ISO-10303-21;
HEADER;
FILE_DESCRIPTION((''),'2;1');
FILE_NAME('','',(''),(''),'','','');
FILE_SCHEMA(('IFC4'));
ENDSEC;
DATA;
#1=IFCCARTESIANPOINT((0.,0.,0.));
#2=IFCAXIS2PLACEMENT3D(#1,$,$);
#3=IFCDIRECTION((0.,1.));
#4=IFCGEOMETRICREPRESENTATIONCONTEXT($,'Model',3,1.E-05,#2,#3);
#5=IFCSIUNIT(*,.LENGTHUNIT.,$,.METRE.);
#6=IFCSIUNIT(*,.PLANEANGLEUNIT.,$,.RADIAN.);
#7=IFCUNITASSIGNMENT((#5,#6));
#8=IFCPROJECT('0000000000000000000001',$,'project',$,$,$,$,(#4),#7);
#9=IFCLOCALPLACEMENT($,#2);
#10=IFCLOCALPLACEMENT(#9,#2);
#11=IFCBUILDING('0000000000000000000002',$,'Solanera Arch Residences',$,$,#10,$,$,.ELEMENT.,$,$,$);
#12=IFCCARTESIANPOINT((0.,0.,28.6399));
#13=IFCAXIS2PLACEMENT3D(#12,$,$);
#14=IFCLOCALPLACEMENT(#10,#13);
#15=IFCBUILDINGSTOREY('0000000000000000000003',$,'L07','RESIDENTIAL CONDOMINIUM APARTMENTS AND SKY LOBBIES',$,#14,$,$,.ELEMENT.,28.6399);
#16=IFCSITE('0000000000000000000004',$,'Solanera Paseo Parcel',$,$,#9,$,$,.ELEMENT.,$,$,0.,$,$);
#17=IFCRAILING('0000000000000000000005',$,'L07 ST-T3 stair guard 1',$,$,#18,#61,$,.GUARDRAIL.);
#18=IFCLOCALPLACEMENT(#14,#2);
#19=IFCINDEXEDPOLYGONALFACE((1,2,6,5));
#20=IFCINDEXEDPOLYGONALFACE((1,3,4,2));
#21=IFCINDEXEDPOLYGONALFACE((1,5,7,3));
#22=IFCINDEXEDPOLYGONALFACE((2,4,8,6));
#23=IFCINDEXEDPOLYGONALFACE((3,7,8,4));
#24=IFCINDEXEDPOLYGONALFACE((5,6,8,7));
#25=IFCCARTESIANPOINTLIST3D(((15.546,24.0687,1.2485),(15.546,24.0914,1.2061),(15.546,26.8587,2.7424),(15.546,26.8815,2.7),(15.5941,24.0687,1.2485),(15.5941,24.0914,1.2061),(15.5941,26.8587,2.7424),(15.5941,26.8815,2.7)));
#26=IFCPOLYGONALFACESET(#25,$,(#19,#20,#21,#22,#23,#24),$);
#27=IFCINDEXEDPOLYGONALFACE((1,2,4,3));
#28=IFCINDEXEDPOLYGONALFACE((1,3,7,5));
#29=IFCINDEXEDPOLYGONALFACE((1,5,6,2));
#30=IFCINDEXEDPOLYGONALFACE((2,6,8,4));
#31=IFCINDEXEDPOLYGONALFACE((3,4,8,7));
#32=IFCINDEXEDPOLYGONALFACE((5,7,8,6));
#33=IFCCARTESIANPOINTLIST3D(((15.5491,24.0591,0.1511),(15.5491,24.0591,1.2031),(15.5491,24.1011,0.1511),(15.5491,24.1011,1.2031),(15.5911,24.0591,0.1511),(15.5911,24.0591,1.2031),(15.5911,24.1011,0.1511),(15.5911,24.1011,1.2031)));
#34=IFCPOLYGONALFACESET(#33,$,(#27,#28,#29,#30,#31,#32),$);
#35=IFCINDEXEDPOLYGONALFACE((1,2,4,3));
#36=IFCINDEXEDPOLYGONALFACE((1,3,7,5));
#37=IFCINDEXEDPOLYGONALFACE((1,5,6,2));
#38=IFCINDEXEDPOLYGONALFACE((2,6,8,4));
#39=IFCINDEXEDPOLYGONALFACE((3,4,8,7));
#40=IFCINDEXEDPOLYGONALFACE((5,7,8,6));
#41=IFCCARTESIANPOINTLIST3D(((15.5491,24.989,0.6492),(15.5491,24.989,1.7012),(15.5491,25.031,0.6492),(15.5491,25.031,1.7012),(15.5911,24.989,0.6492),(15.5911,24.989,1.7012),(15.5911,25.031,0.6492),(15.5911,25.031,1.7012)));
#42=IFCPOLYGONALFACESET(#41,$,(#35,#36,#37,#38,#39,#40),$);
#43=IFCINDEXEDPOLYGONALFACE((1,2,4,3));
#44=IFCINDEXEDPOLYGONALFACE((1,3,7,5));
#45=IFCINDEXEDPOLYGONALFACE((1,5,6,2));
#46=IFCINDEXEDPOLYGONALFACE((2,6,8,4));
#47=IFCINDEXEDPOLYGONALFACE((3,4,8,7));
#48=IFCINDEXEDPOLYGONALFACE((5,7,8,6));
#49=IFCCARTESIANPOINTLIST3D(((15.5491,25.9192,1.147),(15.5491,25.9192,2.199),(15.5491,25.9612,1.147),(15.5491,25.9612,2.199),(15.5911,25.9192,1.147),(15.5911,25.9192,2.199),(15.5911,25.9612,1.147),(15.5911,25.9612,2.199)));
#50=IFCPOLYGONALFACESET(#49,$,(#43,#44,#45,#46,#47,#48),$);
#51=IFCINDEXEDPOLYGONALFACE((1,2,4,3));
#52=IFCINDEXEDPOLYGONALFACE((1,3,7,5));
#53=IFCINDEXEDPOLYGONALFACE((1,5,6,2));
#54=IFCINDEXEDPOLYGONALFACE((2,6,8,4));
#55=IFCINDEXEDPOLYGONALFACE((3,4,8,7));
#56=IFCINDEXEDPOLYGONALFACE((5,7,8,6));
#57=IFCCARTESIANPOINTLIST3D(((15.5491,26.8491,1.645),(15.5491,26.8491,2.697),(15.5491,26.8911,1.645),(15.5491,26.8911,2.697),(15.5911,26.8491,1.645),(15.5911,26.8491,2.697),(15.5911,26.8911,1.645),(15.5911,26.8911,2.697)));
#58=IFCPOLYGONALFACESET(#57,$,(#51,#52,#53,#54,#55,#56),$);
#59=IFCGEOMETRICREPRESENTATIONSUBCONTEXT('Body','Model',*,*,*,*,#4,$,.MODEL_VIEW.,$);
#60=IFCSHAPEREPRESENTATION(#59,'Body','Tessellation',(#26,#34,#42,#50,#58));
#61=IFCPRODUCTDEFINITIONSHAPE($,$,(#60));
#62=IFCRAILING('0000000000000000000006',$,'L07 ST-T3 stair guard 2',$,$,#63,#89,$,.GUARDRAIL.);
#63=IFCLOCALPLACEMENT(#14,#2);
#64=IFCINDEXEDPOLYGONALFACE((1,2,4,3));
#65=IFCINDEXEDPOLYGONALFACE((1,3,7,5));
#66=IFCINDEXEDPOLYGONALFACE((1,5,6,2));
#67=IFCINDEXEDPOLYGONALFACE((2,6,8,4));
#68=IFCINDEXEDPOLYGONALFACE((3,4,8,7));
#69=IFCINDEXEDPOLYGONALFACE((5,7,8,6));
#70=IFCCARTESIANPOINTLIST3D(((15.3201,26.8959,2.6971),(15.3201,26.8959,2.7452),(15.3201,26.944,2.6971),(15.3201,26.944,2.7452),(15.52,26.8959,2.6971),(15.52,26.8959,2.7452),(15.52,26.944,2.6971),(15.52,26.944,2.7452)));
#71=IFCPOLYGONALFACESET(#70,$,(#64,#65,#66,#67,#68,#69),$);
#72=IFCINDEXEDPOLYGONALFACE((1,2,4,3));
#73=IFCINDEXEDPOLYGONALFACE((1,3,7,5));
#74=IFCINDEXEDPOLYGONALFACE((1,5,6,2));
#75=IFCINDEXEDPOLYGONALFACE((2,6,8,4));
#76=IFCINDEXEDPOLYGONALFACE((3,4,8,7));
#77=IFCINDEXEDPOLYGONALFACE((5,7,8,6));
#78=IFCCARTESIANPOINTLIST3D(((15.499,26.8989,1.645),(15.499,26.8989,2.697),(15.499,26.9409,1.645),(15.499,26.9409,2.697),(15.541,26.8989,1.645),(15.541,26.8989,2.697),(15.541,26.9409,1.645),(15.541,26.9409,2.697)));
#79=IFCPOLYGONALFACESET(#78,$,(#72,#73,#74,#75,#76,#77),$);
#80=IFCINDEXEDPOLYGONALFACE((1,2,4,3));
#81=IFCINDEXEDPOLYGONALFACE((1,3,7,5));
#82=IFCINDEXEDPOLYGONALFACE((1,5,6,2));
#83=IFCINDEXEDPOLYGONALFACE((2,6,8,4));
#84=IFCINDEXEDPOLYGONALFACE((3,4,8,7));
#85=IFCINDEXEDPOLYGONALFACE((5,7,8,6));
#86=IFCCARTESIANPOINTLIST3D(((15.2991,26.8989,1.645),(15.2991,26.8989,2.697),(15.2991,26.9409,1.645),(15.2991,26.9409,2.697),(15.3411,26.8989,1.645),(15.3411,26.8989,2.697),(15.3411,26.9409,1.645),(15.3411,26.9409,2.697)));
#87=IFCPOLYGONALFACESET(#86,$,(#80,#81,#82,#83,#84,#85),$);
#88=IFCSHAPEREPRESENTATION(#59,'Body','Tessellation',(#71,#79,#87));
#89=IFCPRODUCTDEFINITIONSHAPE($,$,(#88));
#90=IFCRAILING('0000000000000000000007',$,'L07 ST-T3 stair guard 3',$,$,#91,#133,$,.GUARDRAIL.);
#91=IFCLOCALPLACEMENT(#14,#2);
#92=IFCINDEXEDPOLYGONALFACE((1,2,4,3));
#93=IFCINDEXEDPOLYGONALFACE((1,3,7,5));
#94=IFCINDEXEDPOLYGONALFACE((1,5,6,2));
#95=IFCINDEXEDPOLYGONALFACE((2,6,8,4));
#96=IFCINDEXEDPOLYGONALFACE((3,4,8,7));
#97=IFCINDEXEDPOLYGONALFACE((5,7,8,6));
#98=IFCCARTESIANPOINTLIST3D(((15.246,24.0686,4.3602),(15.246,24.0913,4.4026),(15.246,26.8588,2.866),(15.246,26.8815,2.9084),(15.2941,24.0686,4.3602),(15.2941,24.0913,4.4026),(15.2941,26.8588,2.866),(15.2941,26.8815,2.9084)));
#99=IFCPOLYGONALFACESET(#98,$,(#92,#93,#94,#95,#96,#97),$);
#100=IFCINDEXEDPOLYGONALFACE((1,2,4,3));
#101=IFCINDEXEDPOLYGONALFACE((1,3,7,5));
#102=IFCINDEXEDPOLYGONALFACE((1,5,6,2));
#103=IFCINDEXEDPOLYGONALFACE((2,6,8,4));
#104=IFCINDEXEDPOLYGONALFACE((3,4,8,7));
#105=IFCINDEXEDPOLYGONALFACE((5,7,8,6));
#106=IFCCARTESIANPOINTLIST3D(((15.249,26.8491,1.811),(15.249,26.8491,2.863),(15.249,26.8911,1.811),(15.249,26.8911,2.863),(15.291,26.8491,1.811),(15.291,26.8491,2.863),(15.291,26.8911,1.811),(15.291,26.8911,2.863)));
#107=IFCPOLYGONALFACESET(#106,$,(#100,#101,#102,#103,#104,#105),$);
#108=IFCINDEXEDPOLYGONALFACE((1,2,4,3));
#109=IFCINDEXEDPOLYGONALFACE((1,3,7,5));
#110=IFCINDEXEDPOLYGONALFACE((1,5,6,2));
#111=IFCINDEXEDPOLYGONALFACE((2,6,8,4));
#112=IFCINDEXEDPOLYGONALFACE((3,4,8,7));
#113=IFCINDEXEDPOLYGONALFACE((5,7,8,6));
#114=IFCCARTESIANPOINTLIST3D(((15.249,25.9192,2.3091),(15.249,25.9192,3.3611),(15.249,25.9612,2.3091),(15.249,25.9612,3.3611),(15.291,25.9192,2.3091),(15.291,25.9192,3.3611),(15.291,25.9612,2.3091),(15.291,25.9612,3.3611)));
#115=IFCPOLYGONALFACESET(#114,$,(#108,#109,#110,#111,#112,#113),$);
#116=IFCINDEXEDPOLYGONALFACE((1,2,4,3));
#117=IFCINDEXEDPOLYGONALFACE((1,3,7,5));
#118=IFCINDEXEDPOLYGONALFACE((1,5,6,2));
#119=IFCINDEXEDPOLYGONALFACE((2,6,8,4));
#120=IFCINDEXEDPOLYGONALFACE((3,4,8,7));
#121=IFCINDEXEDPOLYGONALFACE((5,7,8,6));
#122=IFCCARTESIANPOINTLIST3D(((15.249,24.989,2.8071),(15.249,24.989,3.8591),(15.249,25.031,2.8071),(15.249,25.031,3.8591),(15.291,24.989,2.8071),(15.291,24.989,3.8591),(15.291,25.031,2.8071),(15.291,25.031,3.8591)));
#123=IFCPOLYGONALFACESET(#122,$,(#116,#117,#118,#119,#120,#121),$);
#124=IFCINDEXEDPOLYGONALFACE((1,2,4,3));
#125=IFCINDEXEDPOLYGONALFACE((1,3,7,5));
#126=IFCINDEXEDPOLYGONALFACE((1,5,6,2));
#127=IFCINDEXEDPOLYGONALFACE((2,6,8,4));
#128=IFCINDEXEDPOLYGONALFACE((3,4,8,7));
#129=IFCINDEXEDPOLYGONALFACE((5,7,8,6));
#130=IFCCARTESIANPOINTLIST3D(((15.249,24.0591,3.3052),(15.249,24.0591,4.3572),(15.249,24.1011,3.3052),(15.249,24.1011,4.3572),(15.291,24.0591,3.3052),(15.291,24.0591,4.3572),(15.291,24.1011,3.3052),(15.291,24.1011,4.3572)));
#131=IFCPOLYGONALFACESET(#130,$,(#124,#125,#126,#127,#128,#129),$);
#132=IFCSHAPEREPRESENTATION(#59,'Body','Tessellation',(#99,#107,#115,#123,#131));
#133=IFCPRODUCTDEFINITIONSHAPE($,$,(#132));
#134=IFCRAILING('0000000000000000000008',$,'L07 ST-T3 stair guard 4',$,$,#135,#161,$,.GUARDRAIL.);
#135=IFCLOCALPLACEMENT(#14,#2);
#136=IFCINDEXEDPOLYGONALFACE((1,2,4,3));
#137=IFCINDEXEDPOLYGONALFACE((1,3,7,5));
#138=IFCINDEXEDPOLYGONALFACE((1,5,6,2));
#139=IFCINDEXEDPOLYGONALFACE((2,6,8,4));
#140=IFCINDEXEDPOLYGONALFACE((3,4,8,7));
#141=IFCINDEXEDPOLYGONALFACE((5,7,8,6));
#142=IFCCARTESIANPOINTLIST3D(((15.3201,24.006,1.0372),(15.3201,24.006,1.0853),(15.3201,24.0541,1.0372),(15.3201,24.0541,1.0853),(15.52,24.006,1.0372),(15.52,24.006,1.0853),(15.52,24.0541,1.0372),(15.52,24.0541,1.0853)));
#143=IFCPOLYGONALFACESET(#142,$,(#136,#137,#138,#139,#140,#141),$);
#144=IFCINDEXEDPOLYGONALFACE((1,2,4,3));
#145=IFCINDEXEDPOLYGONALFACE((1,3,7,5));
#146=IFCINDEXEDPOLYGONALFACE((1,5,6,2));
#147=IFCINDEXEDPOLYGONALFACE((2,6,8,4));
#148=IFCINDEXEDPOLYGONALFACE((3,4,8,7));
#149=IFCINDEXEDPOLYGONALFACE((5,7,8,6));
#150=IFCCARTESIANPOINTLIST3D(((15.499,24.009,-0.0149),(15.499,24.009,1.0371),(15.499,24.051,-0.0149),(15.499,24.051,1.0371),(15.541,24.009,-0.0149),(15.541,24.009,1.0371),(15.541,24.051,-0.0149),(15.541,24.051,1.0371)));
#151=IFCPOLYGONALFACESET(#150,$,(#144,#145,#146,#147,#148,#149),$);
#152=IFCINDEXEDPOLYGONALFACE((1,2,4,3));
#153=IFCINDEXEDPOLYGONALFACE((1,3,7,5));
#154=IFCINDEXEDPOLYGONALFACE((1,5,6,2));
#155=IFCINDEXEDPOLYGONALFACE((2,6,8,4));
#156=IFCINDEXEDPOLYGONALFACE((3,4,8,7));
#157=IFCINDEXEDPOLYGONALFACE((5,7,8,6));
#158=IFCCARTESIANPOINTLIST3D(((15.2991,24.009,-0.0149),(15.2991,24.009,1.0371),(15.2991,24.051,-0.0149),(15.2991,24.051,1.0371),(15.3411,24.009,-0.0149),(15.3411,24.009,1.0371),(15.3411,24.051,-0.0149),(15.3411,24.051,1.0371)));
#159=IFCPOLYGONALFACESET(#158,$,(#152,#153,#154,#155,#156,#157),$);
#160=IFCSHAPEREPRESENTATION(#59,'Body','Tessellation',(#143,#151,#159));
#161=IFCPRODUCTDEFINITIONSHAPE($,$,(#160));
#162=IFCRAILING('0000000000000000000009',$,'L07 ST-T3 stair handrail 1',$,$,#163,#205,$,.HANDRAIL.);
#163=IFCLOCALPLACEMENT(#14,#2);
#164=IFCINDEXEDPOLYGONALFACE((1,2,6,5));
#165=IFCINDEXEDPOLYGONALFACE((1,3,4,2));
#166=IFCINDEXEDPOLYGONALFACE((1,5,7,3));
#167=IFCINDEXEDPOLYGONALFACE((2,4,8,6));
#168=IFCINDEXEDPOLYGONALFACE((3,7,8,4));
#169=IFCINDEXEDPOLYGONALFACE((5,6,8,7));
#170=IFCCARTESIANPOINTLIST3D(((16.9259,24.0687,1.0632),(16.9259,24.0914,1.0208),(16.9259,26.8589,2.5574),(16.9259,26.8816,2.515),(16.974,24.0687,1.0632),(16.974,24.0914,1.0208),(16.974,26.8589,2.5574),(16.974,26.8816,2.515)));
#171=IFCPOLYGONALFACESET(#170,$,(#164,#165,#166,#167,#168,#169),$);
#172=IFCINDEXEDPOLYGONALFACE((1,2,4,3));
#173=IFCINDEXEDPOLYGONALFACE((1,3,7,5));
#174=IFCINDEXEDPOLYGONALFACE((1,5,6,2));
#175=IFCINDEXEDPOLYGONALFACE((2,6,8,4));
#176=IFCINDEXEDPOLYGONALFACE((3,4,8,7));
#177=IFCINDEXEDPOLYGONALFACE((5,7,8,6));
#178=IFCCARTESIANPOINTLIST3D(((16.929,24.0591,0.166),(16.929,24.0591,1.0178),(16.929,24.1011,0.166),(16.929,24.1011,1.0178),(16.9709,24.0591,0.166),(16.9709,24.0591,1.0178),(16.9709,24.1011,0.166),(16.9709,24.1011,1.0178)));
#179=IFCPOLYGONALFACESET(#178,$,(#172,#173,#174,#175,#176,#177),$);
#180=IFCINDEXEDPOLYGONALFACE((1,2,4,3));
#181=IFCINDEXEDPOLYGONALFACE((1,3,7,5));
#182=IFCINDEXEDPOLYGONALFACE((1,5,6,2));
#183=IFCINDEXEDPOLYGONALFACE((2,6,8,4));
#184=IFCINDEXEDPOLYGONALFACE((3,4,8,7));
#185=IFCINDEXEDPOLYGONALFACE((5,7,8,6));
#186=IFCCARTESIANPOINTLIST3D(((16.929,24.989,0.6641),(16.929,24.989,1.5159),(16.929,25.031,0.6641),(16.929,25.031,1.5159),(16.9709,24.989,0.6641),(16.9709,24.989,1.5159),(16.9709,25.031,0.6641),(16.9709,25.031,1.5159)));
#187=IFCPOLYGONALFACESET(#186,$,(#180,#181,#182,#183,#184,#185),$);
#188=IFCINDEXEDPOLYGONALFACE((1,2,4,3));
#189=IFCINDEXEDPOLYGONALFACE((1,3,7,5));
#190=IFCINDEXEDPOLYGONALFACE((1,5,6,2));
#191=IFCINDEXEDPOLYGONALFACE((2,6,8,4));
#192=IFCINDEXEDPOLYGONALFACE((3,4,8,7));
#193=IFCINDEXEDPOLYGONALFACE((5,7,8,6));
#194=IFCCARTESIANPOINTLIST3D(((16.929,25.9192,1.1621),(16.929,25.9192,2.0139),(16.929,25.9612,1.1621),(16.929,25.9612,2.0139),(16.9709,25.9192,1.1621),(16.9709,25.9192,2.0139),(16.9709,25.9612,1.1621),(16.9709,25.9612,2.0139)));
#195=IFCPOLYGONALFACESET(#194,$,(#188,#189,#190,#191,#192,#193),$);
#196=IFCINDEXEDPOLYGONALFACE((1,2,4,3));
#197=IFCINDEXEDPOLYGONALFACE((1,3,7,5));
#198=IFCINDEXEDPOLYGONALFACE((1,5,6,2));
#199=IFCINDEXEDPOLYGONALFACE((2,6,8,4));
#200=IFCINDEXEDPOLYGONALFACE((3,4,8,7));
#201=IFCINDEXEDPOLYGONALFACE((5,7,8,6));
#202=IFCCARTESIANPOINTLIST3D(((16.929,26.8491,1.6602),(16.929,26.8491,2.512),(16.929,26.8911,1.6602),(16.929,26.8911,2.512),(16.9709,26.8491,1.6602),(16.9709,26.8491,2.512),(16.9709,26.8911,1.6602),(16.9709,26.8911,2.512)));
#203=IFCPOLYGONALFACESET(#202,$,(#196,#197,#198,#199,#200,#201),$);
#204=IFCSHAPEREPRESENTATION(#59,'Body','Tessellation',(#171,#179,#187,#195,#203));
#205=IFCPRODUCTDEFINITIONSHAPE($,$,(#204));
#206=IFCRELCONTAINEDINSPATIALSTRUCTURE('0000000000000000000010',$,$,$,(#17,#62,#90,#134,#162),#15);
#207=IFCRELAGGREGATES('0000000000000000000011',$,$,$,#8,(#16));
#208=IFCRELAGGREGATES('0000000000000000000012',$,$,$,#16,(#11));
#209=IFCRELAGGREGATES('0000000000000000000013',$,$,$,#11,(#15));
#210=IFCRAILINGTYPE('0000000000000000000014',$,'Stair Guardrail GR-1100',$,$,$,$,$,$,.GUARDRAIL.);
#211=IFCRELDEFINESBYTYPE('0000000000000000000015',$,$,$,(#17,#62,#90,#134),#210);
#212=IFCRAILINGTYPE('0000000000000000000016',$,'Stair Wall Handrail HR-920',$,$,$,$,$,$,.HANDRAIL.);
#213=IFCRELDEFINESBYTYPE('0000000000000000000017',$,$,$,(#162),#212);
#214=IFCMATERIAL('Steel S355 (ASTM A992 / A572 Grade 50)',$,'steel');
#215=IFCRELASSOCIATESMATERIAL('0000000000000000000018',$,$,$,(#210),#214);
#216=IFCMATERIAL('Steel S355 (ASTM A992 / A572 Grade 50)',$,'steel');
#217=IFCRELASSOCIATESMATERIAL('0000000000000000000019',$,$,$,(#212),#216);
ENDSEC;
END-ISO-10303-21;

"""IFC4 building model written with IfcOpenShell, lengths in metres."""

from ifc_helpers import new_model, si_unit, direction, frame, origin, origin_2d, place, context, subcontext, project, spatial, rectangle, extrude, material, type_object, element, save


model = new_model("IFC4")

# Units and contexts
model_context = context("Model", 3, precision=1e-05, world=origin(), true_north=direction((0.0, 1.0)))
body_context = subcontext(model_context, "Body", "Model", "MODEL_VIEW")
ifc_project = project(units=[si_unit("LENGTHUNIT", "METRE"), si_unit("PLANEANGLEUNIT", "RADIAN")], contexts=[model_context])

# Site, building, storey
site_placement = place(None, origin())
site = spatial("IfcSite", under=ifc_project, at=site_placement, Name="Solanera Paseo Parcel", CompositionType="ELEMENT", RefElevation=0.0)
building_placement = place(site_placement, origin())
building = spatial("IfcBuilding", under=site, at=building_placement, Name="Solanera Arch Residences", CompositionType="ELEMENT")
storey_placement = place(building_placement, frame((0.0, 0.0, 28.6399)))
storey = spatial("IfcBuildingStorey", under=building, at=storey_placement, Name="L07", Description="RESIDENTIAL CONDOMINIUM APARTMENTS AND SKY LOBBIES", CompositionType="ELEMENT", Elevation=28.6399)

# Railings
ifc_material_1 = material(Name="Steel S355 (ASTM A992 / A572 Grade 50)", Category="steel")
railing_type_1 = type_object("IfcRailingType", Name="Stair Guardrail GR-1100", PredefinedType="GUARDRAIL", material=ifc_material_1)
railing_1_placement = place(storey_placement, frame((15.5701, 24.0801, 0.1511)))
element("IfcRailing", 1, at=railing_1_placement, inside=storey, type_object=railing_type_1, Name="L07 ST-T3 stair guard 1", PredefinedType="GUARDRAIL", context=body_context, shape_type="SweptSolid", body=[
    extrude(rectangle(XDim=0.0481, YDim=0.0481, at=origin_2d()), frame((0.0, 0.0, 1.0762), z_axis=(0.0, 0.881581, 0.472033), x_axis=(-1.0, 0.0, 0.0)), (0.0, 0.0, 1.0), 3.1648),
    extrude(rectangle(XDim=0.042, YDim=0.042, at=origin_2d()), origin(), (0.0, 0.0, 1.0), 1.052),
    extrude(rectangle(XDim=0.042, YDim=0.042, at=origin_2d()), frame((0.0, 0.9299, 0.498)), (0.0, 0.0, 1.0), 1.052),
    extrude(rectangle(XDim=0.042, YDim=0.042, at=origin_2d()), frame((0.0, 1.8601, 0.9958)), (0.0, 0.0, 1.0), 1.052),
    extrude(rectangle(XDim=0.042, YDim=0.042, at=origin_2d()), frame((0.0, 2.79, 1.4939)), (0.0, 0.0, 1.0), 1.052),
])
railing_2_placement = place(storey_placement, frame((15.52, 26.9199, 1.645)))
element("IfcRailing", 2, at=railing_2_placement, inside=storey, type_object=railing_type_1, Name="L07 ST-T3 stair guard 2", PredefinedType="GUARDRAIL", context=body_context, shape_type="SweptSolid", body=[
    extrude(rectangle(XDim=0.0481, YDim=0.0481, at=origin_2d()), frame((0.0, 0.0, 1.0762), z_axis=(-1.0, 0.0, 0.0), x_axis=(0.0, -1.0, 0.0)), (0.0, 0.0, 1.0), 0.2),
    extrude(rectangle(XDim=0.042, YDim=0.042, at=origin_2d()), origin(), (0.0, 0.0, 1.0), 1.052),
    extrude(rectangle(XDim=0.042, YDim=0.042, at=origin_2d()), frame((-0.2, 0.0, 0.0)), (0.0, 0.0, 1.0), 1.052),
])
railing_3_placement = place(storey_placement, frame((15.27, 26.8701, 1.811)))
element("IfcRailing", 3, at=railing_3_placement, inside=storey, type_object=railing_type_1, Name="L07 ST-T3 stair guard 3", PredefinedType="GUARDRAIL", context=body_context, shape_type="SweptSolid", body=[
    extrude(rectangle(XDim=0.0481, YDim=0.0481, at=origin_2d()), frame((0.0, 0.0, 1.0762), z_axis=(0.0, -0.881549, 0.472093), x_axis=(1.0, 0.0, 0.0)), (0.0, 0.0, 1.0), 3.165),
    extrude(rectangle(XDim=0.042, YDim=0.042, at=origin_2d()), origin(), (0.0, 0.0, 1.0), 1.052),
    extrude(rectangle(XDim=0.042, YDim=0.042, at=origin_2d()), frame((0.0, -0.9299, 0.498)), (0.0, 0.0, 1.0), 1.052),
    extrude(rectangle(XDim=0.042, YDim=0.042, at=origin_2d()), frame((0.0, -1.8601, 0.9961)), (0.0, 0.0, 1.0), 1.052),
    extrude(rectangle(XDim=0.042, YDim=0.042, at=origin_2d()), frame((0.0, -2.79, 1.4941)), (0.0, 0.0, 1.0), 1.052),
])
railing_4_placement = place(storey_placement, frame((15.52, 24.03, -0.0149)))
element("IfcRailing", 4, at=railing_4_placement, inside=storey, type_object=railing_type_1, Name="L07 ST-T3 stair guard 4", PredefinedType="GUARDRAIL", context=body_context, shape_type="SweptSolid", body=[
    extrude(rectangle(XDim=0.0481, YDim=0.0481, at=origin_2d()), frame((0.0, 0.0, 1.0762), z_axis=(-1.0, 0.0, 0.0), x_axis=(0.0, -1.0, 0.0)), (0.0, 0.0, 1.0), 0.2),
    extrude(rectangle(XDim=0.042, YDim=0.042, at=origin_2d()), origin(), (0.0, 0.0, 1.0), 1.052),
    extrude(rectangle(XDim=0.042, YDim=0.042, at=origin_2d()), frame((-0.2, 0.0, 0.0)), (0.0, 0.0, 1.0), 1.052),
])
ifc_material_2 = material(Name="Steel S355 (ASTM A992 / A572 Grade 50)", Category="steel")
railing_type_2 = type_object("IfcRailingType", Name="Stair Wall Handrail HR-920", PredefinedType="HANDRAIL", material=ifc_material_2)
railing_5_placement = place(storey_placement, frame((16.95, 24.0801, 0.166)))
element("IfcRailing", 5, at=railing_5_placement, inside=storey, type_object=railing_type_2, Name="L07 ST-T3 stair handrail 1", PredefinedType="HANDRAIL", context=body_context, shape_type="SweptSolid", body=[
    extrude(rectangle(XDim=0.0481, YDim=0.0481, at=origin_2d()), frame((0.0, 0.0, 0.876), z_axis=(0.0, 0.881549, 0.472093), x_axis=(-1.0, 0.0, 0.0)), (0.0, 0.0, 1.0), 3.165),
    extrude(rectangle(XDim=0.042, YDim=0.042, at=origin_2d()), origin(), (0.0, 0.0, 1.0), 0.8518),
    extrude(rectangle(XDim=0.042, YDim=0.042, at=origin_2d()), frame((0.0, 0.9299, 0.498)), (0.0, 0.0, 1.0), 0.8518),
    extrude(rectangle(XDim=0.042, YDim=0.042, at=origin_2d()), frame((0.0, 1.8601, 0.9961)), (0.0, 0.0, 1.0), 0.8518),
    extrude(rectangle(XDim=0.042, YDim=0.042, at=origin_2d()), frame((0.0, 2.79, 1.4941)), (0.0, 0.0, 1.0), 0.8518),
])

save(model, "model.ifc")
